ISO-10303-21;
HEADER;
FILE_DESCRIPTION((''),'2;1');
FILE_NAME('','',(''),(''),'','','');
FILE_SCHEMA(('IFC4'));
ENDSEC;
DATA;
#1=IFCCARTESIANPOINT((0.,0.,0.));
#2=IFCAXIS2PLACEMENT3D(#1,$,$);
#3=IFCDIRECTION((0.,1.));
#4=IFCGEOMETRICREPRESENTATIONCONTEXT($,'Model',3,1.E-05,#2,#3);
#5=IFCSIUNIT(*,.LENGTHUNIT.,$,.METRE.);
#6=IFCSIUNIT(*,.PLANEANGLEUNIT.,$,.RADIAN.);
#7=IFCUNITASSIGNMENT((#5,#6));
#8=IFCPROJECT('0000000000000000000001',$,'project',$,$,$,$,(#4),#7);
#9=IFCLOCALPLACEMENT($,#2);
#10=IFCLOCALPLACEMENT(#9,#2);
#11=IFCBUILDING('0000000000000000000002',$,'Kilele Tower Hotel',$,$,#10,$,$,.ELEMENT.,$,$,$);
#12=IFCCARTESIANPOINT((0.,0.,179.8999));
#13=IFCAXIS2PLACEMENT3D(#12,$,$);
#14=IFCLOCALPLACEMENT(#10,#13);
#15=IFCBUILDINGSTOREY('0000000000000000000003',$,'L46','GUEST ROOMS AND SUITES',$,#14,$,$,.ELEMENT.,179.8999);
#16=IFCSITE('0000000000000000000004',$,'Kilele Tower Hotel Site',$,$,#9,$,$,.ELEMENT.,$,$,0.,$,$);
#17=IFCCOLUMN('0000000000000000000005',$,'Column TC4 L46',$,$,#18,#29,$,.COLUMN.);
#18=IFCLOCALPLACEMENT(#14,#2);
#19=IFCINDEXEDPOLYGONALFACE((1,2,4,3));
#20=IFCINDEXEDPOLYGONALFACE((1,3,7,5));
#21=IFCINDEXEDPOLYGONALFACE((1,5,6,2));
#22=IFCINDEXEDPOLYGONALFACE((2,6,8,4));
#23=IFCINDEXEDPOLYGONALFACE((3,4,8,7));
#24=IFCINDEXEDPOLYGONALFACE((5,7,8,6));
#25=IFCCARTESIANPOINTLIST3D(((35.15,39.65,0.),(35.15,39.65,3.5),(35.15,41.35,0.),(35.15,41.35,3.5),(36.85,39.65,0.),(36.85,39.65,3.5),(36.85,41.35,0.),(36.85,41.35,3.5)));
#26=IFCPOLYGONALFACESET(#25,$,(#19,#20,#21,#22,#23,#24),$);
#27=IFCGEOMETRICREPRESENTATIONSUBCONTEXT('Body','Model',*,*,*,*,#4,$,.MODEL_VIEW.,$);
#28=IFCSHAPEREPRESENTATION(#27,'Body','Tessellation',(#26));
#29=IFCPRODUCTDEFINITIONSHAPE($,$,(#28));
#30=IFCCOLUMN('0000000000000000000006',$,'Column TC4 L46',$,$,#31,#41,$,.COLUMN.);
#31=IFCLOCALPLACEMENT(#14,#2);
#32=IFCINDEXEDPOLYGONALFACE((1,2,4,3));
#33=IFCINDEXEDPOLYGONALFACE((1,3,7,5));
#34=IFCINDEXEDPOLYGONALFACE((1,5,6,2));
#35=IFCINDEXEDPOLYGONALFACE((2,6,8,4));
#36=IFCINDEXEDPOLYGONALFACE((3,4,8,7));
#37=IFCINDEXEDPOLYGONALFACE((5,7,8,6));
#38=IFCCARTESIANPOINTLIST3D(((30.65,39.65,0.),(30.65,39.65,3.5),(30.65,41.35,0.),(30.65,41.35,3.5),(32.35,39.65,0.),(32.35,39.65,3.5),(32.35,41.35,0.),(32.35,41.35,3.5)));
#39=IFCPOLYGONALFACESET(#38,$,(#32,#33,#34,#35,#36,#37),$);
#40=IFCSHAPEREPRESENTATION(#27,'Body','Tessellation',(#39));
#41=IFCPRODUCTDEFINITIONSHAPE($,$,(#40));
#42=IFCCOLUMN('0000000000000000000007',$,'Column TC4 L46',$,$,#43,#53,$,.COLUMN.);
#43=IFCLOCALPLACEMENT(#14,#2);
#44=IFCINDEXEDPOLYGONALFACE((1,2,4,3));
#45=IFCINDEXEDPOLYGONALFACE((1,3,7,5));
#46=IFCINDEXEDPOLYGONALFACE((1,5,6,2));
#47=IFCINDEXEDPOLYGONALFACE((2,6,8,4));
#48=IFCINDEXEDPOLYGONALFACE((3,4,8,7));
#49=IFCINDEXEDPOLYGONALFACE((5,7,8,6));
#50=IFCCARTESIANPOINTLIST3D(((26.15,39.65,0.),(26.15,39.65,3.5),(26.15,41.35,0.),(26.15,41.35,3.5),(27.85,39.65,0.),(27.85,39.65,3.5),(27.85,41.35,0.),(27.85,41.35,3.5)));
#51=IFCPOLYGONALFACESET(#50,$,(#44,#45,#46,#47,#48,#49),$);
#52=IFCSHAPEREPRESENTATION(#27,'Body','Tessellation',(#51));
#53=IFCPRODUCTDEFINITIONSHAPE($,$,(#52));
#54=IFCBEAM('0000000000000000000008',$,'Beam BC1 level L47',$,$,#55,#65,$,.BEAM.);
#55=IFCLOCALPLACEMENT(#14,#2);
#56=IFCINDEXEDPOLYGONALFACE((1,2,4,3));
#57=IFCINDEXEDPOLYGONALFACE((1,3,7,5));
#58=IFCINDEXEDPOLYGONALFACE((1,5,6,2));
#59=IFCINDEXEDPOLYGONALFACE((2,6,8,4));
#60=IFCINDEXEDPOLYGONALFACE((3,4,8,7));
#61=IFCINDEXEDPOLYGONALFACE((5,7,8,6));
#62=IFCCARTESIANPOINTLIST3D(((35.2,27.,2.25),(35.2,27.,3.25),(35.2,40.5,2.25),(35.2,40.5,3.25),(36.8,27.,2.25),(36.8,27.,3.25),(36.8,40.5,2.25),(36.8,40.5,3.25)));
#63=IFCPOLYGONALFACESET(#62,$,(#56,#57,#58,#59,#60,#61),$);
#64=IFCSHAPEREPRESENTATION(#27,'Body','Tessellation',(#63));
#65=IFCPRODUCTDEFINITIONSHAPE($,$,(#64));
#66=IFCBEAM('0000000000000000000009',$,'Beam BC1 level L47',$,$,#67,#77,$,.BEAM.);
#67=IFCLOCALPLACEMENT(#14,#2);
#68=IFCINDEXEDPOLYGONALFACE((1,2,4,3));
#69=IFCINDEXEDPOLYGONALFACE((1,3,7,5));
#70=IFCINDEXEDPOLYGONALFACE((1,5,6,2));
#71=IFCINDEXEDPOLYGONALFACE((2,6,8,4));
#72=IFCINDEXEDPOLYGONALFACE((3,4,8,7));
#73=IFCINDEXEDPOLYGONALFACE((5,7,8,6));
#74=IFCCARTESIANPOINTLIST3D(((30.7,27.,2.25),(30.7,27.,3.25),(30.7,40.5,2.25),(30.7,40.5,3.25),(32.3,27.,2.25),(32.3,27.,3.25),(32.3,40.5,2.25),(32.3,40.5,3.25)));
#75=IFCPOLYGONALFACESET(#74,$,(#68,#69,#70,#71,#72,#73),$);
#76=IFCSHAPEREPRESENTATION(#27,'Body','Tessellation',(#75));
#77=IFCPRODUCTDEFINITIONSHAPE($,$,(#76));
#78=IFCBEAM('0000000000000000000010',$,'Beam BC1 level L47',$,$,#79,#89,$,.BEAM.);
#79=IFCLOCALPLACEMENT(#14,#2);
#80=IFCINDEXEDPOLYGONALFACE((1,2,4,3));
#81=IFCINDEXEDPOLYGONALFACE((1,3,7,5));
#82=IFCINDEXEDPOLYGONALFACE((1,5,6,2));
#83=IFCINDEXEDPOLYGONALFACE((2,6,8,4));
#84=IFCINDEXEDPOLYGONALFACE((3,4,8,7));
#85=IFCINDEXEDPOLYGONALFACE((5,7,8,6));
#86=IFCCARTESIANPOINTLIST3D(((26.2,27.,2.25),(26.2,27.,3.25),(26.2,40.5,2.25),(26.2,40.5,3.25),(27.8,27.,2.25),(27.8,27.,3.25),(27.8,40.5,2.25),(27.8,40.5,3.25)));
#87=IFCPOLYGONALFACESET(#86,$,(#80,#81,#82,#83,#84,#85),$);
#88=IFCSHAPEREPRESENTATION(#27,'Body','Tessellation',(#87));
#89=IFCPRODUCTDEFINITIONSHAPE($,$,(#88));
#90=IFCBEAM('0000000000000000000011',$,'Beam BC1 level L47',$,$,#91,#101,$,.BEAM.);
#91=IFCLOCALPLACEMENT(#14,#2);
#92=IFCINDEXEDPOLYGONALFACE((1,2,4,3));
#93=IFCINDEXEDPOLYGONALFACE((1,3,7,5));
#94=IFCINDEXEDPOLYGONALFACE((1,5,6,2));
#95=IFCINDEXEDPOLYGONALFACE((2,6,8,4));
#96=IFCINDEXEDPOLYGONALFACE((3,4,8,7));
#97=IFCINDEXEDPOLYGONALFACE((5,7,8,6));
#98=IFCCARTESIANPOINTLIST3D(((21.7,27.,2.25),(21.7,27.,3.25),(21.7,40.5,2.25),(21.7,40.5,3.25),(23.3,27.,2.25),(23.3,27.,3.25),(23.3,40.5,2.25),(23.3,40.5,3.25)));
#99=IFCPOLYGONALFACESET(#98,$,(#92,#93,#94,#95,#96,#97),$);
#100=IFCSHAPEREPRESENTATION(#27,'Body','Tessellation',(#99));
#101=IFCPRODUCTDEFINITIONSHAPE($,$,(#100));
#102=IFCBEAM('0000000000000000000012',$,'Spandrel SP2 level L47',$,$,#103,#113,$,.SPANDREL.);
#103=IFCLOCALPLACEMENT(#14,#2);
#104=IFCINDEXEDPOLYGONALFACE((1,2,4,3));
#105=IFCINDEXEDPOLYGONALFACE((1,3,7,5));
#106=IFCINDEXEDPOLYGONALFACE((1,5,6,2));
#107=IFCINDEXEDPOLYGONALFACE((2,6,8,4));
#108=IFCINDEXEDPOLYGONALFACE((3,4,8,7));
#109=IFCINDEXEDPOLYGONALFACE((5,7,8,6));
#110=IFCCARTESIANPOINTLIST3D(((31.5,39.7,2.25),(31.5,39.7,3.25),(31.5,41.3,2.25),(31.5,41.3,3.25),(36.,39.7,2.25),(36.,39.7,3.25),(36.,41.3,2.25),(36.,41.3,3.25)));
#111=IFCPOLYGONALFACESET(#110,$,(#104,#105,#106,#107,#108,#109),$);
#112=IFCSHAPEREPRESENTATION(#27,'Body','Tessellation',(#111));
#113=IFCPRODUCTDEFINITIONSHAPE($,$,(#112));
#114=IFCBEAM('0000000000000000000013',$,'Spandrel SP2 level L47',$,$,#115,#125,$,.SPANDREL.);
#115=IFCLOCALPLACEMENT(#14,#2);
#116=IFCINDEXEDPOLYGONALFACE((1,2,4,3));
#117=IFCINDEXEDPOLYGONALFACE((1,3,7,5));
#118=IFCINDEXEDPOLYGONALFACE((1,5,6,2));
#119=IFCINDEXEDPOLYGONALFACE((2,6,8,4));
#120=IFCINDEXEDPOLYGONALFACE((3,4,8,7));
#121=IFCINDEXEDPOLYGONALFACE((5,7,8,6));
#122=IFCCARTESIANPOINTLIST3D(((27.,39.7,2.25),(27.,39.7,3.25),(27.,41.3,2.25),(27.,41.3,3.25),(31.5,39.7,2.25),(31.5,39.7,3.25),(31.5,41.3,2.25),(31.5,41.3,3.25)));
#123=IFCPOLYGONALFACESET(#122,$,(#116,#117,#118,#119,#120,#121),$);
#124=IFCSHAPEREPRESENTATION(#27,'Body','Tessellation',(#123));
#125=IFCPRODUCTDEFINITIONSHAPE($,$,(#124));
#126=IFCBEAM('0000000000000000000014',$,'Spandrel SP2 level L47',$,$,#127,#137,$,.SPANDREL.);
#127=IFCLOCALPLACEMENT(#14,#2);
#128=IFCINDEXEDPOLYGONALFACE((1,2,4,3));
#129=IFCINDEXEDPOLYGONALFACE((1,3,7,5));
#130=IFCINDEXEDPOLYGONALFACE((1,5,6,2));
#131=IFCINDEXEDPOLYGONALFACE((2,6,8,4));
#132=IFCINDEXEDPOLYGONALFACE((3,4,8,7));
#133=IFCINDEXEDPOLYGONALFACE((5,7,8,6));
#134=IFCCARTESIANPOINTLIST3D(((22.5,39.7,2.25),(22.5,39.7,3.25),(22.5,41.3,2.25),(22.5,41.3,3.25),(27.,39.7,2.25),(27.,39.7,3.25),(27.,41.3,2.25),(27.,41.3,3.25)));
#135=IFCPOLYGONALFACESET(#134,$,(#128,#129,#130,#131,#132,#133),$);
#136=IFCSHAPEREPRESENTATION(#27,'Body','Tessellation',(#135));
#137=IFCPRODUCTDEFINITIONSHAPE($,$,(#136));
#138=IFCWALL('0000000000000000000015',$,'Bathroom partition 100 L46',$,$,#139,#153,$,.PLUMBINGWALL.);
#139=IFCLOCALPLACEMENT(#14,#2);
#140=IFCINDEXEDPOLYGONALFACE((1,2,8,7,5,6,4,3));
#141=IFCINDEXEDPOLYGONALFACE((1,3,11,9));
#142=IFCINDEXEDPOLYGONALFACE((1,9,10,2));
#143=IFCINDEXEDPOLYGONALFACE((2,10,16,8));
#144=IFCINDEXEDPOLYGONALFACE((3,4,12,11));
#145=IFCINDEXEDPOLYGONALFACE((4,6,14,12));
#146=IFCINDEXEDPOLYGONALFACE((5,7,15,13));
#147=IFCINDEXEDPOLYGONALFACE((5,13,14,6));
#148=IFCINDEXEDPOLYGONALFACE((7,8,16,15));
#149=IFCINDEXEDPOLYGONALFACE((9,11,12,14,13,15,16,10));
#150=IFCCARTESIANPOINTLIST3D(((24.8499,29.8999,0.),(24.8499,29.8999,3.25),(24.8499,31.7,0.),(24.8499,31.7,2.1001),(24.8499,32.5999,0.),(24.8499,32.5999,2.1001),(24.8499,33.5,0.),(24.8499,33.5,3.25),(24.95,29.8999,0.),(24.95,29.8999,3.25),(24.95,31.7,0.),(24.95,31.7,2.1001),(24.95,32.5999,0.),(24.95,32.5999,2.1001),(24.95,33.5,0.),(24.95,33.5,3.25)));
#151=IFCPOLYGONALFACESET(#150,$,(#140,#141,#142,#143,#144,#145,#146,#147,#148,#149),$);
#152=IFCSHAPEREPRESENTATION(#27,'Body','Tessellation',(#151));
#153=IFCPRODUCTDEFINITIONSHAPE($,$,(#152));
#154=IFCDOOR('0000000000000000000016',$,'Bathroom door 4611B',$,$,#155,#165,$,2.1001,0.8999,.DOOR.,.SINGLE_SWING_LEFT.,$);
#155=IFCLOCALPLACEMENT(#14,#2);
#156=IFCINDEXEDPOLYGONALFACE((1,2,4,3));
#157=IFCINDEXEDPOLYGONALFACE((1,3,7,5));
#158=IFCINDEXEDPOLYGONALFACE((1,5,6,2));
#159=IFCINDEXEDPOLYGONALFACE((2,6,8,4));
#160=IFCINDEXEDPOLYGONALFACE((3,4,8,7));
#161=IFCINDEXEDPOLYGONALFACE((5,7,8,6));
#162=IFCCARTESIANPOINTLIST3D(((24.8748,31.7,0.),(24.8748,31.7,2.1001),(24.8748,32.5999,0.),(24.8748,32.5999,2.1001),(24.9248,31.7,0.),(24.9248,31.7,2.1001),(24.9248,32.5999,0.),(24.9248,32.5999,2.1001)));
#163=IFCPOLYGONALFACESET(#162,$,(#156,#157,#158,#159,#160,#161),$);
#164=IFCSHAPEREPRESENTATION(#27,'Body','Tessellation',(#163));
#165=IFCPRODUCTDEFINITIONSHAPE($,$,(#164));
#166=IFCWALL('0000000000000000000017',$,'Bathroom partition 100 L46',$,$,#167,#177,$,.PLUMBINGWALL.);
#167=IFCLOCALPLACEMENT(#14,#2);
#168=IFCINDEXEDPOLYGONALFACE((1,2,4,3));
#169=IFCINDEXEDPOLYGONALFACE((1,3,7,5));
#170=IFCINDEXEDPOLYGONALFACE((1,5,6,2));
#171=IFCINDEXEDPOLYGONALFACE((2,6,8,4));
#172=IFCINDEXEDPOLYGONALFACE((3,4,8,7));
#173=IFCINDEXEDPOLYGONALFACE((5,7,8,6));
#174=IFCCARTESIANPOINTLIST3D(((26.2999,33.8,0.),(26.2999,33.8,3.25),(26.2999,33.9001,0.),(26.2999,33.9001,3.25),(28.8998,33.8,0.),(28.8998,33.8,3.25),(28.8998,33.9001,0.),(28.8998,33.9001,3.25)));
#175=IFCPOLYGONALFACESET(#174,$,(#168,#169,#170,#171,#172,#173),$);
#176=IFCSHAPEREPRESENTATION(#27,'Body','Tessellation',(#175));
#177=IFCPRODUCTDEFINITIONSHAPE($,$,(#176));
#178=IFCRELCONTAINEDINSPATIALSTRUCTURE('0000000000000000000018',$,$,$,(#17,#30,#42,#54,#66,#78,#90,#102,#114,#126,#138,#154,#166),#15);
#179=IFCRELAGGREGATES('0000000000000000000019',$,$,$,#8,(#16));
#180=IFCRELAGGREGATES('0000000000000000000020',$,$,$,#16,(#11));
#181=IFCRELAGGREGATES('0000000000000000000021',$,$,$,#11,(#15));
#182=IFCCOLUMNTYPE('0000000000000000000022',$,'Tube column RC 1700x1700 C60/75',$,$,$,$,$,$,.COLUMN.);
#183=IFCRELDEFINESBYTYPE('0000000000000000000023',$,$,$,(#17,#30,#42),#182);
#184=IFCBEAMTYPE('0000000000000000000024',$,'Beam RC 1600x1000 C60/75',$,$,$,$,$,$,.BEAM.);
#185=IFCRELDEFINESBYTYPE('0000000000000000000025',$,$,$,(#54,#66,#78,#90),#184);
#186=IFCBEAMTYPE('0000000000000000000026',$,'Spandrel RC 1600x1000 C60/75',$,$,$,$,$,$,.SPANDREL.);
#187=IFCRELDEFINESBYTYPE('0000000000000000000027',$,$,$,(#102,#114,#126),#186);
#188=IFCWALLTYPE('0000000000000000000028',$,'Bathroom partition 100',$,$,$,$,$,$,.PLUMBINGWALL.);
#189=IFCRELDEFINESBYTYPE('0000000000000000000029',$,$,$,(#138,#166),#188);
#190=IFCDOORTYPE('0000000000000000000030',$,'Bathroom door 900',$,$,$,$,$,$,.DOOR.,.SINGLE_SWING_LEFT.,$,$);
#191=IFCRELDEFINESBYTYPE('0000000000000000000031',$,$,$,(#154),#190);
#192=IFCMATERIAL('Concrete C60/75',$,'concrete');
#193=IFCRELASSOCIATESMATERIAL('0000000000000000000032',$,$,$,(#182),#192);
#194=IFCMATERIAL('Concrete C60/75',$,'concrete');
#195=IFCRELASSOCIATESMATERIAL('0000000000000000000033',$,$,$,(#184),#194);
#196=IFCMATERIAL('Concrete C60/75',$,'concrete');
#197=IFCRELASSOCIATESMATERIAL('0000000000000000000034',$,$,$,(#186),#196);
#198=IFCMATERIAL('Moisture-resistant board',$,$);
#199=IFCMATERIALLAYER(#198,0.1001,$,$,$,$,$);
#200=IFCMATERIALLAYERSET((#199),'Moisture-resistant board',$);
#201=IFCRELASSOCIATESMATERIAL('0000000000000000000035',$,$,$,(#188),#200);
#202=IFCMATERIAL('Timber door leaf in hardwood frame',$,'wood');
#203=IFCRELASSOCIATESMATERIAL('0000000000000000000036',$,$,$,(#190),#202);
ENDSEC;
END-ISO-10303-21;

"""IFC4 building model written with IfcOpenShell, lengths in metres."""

from ifc_helpers import new_model, si_unit, direction, frame, frame_2d, origin, origin_2d, place, context, subcontext, project, spatial, rectangle, extrude, material, layer, layer_set, material_profile, profile_set, type_object, element, fill, save


model = new_model("IFC4")

# Units and contexts
model_context = context("Model", 3, precision=1e-05, world=origin(), true_north=direction((0.0, 1.0)))
body_context = subcontext(model_context, "Body", "Model", "MODEL_VIEW")
ifc_project = project(units=[si_unit("LENGTHUNIT", "METRE"), si_unit("PLANEANGLEUNIT", "RADIAN")], contexts=[model_context])

# Site, building, storey
site_placement = place(None, origin())
site = spatial("IfcSite", under=ifc_project, at=site_placement, Name="Kilele Tower Hotel Site", CompositionType="ELEMENT", RefElevation=0.0)
building_placement = place(site_placement, origin())
building = spatial("IfcBuilding", under=site, at=building_placement, Name="Kilele Tower Hotel", CompositionType="ELEMENT")
storey_placement = place(building_placement, frame((0.0, 0.0, 179.8999)))
storey = spatial("IfcBuildingStorey", under=building, at=storey_placement, Name="L46", Description="GUEST ROOMS AND SUITES", CompositionType="ELEMENT", Elevation=179.8999)

# Columns
ifc_material_1 = material(Name="Concrete C60/75", Category="concrete")
ifc_material_profile_1 = material_profile(ifc_material_1, rectangle(XDim=1.7, YDim=1.7, at=origin_2d()))
ifc_profile_set_1 = profile_set([ifc_material_profile_1], Name="Concrete C60/75")
column_type = type_object("IfcColumnType", Name="Tube column RC 1700x1700 C60/75", PredefinedType="COLUMN", material=ifc_profile_set_1)
for number, where, z_axis, x_axis, name in (
    (1, (36.0, 40.5, 0.0), (0.0, 0.0, 1.0), (1.0, 0.0, 0.0), "Column TC4 L46"),
    (2, (31.5, 40.5, 0.0), (0.0, 0.0, 1.0), (1.0, 0.0, 0.0), "Column TC4 L46"),
    (3, (27.0, 40.5, 0.0), (0.0, 0.0, 1.0), (1.0, 0.0, 0.0), "Column TC4 L46"),
):
    element("IfcColumn", number, at=place(storey_placement, frame(where, z_axis=z_axis, x_axis=x_axis)), inside=storey, type_object=column_type, Name=name, PredefinedType="COLUMN", context=body_context, shape_type="SweptSolid", body=[
        extrude(rectangle(XDim=1.7, YDim=1.7, at=origin_2d()), origin(), (0.0, 0.0, 1.0), 3.5),
    ])

# Beams
ifc_material_2 = material(Name="Concrete C60/75", Category="concrete")
ifc_material_profile_2 = material_profile(ifc_material_2, rectangle(XDim=1.6001, YDim=1.0, at=origin_2d()))
ifc_profile_set_2 = profile_set([ifc_material_profile_2], Name="Concrete C60/75")
beam_type_1 = type_object("IfcBeamType", Name="Beam RC 1600x1000 C60/75", PredefinedType="BEAM", material=ifc_profile_set_2)
for number, where, z_axis, x_axis, name in (
    (4, (36.0, 40.5, 2.75), (0.0, -1.0, 0.0), (1.0, 0.0, 0.0), "Beam BC1 level L47"),
    (5, (31.5, 40.5, 2.75), (0.0, -1.0, 0.0), (1.0, 0.0, 0.0), "Beam BC1 level L47"),
    (6, (27.0, 40.5, 2.75), (0.0, -1.0, 0.0), (1.0, 0.0, 0.0), "Beam BC1 level L47"),
    (7, (22.5, 40.5, 2.75), (0.0, -1.0, 0.0), (1.0, 0.0, 0.0), "Beam BC1 level L47"),
):
    element("IfcBeam", number, at=place(storey_placement, frame(where, z_axis=z_axis, x_axis=x_axis)), inside=storey, type_object=beam_type_1, Name=name, PredefinedType="BEAM", context=body_context, shape_type="SweptSolid", body=[
        extrude(rectangle(XDim=1.6001, YDim=1.0, at=origin_2d()), origin(), (0.0, 0.0, 1.0), 13.5),
    ])
ifc_material_3 = material(Name="Concrete C60/75", Category="concrete")
ifc_material_profile_3 = material_profile(ifc_material_3, rectangle(XDim=1.6001, YDim=1.0, at=origin_2d()))
ifc_profile_set_3 = profile_set([ifc_material_profile_3], Name="Concrete C60/75")
beam_type_2 = type_object("IfcBeamType", Name="Spandrel RC 1600x1000 C60/75", PredefinedType="SPANDREL", material=ifc_profile_set_3)
for number, where, z_axis, x_axis, name in (
    (8, (36.0, 40.5, 2.75), (-1.0, 0.0, 0.0), (0.0, -1.0, 0.0), "Spandrel SP2 level L47"),
    (9, (31.5, 40.5, 2.75), (-1.0, 0.0, 0.0), (0.0, -1.0, 0.0), "Spandrel SP2 level L47"),
    (10, (27.0, 40.5, 2.75), (-1.0, 0.0, 0.0), (0.0, -1.0, 0.0), "Spandrel SP2 level L47"),
):
    element("IfcBeam", number, at=place(storey_placement, frame(where, z_axis=z_axis, x_axis=x_axis)), inside=storey, type_object=beam_type_2, Name=name, PredefinedType="SPANDREL", context=body_context, shape_type="SweptSolid", body=[
        extrude(rectangle(XDim=1.6001, YDim=1.0, at=origin_2d()), origin(), (0.0, 0.0, 1.0), 4.5),
    ])

# Wall, opening, door
ifc_material_4 = material(Name="Moisture-resistant board")
ifc_layer_1 = layer(ifc_material_4, 0.1001)
ifc_layer_set_1 = layer_set([ifc_layer_1], Name="Moisture-resistant board")
wall_type_1 = type_object("IfcWallType", Name="Bathroom partition 100", PredefinedType="PLUMBINGWALL", material=ifc_layer_set_1)
wall_1_placement = place(storey_placement, frame((24.8999, 29.8999, 0.0), z_axis=(0.0, 0.0, 1.0), x_axis=(0.0, 1.0, 0.0)))
wall_1 = element("IfcWall", 11, at=wall_1_placement, inside=storey, type_object=wall_type_1, Name="Bathroom partition 100 L46", PredefinedType="PLUMBINGWALL", context=body_context, shape_type="SweptSolid", body=[
    extrude(rectangle(XDim=3.6001, YDim=0.1001, at=frame_2d((1.8, 0.0))), origin(), (0.0, 0.0, 1.0), 3.25),
])
opening_1_placement = place(wall_1_placement, frame((2.7, 0.0, 0.0), z_axis=(0.0, 0.0, 1.0), x_axis=(-1.0, 0.0, 0.0)))
opening_1 = element("IfcOpeningElement", 12, at=opening_1_placement, cuts=wall_1, PredefinedType="OPENING", context=body_context, shape_type="SweptSolid", body=[
    extrude(rectangle(XDim=0.8999, YDim=2.1001, at=frame_2d((0.45, 1.05))), frame((0.0, 0.0601, 0.0), z_axis=(0.0, -1.0, 0.0), x_axis=(1.0, 0.0, 0.0)), (0.0, 0.0, 1.0), 0.1201),
])
ifc_material_5 = material(Name="Timber door leaf in hardwood frame", Category="wood")
door_type_1 = type_object("IfcDoorType", Name="Bathroom door 900", OperationType="SINGLE_SWING_LEFT", PredefinedType="DOOR", material=ifc_material_5)
door_1_placement = place(opening_1_placement, origin())
door_1 = element("IfcDoor", 13, at=door_1_placement, inside=storey, type_object=door_type_1, Name="Bathroom door 4611B", OperationType="SINGLE_SWING_LEFT", OverallHeight=2.1001, OverallWidth=0.8999, PredefinedType="DOOR", context=body_context, shape_type="SweptSolid", body=[
    extrude(rectangle(XDim=0.8999, YDim=2.1001, at=frame_2d((0.45, 1.05))), frame((0.0, 0.0249, 0.0), z_axis=(0.0, -1.0, 0.0), x_axis=(1.0, 0.0, 0.0)), (0.0, 0.0, 1.0), 0.05),
])
fill(opening_1, door_1)

# Wall
wall_2_placement = place(storey_placement, frame((26.3, 33.8501, 0.0), z_axis=(0.0, 0.0, 1.0), x_axis=(1.0, 0.0, 0.0)))
element("IfcWall", 14, at=wall_2_placement, inside=storey, type_object=wall_type_1, Name="Bathroom partition 100 L46", PredefinedType="PLUMBINGWALL", context=body_context, shape_type="SweptSolid", body=[
    extrude(rectangle(XDim=2.5999, YDim=0.1001, at=frame_2d((1.2998, 0.0))), origin(), (0.0, 0.0, 1.0), 3.25),
])

save(model, "model.ifc")
